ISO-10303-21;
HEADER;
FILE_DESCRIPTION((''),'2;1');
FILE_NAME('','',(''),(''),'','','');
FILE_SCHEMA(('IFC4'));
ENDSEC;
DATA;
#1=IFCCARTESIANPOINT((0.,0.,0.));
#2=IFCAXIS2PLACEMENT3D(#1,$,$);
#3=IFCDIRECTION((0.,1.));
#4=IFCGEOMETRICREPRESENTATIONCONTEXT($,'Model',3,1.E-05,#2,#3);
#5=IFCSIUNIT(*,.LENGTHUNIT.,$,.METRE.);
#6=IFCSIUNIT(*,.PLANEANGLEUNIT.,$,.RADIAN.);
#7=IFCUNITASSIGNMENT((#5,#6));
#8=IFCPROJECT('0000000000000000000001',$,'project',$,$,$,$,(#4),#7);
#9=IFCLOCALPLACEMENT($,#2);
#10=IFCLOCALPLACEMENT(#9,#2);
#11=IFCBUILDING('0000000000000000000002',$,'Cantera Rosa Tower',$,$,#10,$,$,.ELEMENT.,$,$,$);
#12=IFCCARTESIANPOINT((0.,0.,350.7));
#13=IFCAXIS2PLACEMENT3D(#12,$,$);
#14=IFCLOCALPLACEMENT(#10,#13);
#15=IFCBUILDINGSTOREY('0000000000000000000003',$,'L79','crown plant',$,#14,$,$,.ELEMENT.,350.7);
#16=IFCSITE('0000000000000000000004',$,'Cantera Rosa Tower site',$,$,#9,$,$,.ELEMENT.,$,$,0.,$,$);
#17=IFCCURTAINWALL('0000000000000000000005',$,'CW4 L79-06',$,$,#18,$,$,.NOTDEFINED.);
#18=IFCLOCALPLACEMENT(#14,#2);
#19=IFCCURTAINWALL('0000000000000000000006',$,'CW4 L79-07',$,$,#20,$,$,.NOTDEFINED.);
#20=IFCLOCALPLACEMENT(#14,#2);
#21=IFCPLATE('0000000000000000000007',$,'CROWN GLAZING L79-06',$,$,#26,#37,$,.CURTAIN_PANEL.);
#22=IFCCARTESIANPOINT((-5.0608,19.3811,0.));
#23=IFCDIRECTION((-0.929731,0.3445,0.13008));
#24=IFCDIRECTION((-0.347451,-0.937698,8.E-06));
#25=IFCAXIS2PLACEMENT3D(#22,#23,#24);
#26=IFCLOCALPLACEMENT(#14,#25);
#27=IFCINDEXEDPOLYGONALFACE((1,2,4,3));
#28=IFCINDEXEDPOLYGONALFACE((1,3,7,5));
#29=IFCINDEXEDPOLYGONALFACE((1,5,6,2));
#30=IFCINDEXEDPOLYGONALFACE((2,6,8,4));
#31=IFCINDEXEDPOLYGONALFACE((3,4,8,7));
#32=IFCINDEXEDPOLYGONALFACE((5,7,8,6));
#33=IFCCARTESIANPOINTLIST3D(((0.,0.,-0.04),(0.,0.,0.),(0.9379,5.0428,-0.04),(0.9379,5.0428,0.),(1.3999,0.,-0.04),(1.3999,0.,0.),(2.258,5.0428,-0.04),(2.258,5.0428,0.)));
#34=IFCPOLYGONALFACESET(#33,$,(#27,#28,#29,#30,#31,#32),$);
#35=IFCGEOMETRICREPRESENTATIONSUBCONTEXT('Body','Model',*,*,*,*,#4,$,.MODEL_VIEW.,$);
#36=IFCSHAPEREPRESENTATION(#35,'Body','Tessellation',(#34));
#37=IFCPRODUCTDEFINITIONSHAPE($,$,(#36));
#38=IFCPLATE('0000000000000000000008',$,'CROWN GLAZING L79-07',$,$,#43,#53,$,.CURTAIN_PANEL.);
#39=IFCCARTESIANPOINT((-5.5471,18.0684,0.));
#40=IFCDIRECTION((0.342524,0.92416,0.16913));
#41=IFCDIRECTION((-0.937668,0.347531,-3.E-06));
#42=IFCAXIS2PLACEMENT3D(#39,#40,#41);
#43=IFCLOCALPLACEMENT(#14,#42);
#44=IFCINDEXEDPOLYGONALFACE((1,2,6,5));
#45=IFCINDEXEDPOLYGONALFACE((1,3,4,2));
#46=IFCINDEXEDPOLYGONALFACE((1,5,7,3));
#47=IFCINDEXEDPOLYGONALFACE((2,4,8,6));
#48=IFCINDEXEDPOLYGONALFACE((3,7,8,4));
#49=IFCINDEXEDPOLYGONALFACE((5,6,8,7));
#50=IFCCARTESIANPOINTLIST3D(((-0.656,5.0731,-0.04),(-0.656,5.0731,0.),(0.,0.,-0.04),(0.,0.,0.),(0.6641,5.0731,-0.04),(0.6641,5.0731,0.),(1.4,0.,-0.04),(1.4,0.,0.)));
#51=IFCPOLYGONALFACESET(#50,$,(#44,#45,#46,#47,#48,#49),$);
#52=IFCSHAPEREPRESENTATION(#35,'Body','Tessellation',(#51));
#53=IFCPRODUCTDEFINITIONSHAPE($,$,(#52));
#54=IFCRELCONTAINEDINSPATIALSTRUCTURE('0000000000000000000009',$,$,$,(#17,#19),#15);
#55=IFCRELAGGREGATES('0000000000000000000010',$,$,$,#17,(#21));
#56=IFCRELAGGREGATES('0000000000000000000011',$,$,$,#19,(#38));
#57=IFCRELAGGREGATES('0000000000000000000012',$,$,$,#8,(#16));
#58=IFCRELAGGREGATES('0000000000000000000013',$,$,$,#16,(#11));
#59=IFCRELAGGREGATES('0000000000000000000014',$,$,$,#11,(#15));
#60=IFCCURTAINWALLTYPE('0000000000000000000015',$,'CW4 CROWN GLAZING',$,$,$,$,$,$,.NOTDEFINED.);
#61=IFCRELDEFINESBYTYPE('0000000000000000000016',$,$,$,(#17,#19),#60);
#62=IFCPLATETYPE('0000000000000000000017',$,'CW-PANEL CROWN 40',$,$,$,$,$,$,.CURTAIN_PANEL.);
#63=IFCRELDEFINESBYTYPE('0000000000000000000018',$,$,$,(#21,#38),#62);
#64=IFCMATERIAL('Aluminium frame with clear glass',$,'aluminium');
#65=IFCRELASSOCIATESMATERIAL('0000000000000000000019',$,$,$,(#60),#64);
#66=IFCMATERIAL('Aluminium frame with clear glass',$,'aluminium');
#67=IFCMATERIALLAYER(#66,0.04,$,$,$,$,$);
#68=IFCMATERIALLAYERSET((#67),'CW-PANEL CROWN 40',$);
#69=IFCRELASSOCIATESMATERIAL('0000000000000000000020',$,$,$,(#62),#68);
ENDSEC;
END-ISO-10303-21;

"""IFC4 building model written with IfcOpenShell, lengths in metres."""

from ifc_helpers import new_model, si_unit, direction, frame, origin, place, context, subcontext, project, spatial, polyline, outline, extrude, material, layer, layer_set, type_object, element, aggregate, save


model = new_model("IFC4")

# Units and contexts
model_context = context("Model", 3, precision=1e-05, world=origin(), true_north=direction((0.0, 1.0)))
body_context = subcontext(model_context, "Body", "Model", "MODEL_VIEW")
ifc_project = project(units=[si_unit("LENGTHUNIT", "METRE"), si_unit("PLANEANGLEUNIT", "RADIAN")], contexts=[model_context])

# Site, building, storey
site_placement = place(None, origin())
site = spatial("IfcSite", under=ifc_project, at=site_placement, Name="Cantera Rosa Tower site", CompositionType="ELEMENT", RefElevation=0.0)
building_placement = place(site_placement, origin())
building = spatial("IfcBuilding", under=site, at=building_placement, Name="Cantera Rosa Tower", CompositionType="ELEMENT")
storey_placement = place(building_placement, frame((0.0, 0.0, 350.7)))
storey = spatial("IfcBuildingStorey", under=building, at=storey_placement, Name="L79", Description="crown plant", CompositionType="ELEMENT", Elevation=350.7)

# Curtain walls
ifc_material_1 = material(Name="Aluminium frame with clear glass", Category="aluminium")
curtain_wall_type = type_object("IfcCurtainWallType", Name="CW4 CROWN GLAZING", PredefinedType="NOTDEFINED", material=ifc_material_1)
curtain_wall_1_placement = place(storey_placement, origin())
curtain_wall_1 = element("IfcCurtainWall", 1, at=curtain_wall_1_placement, inside=storey, type_object=curtain_wall_type, Name="CW4 L79-06", PredefinedType="NOTDEFINED")
curtain_wall_2_placement = place(storey_placement, origin())
curtain_wall_2 = element("IfcCurtainWall", 2, at=curtain_wall_2_placement, inside=storey, type_object=curtain_wall_type, Name="CW4 L79-07", PredefinedType="NOTDEFINED")

# Plates
ifc_material_2 = material(Name="Aluminium frame with clear glass", Category="aluminium")
ifc_layer_1 = layer(ifc_material_2, 0.04)
ifc_layer_set_1 = layer_set([ifc_layer_1], Name="CW-PANEL CROWN 40")
plate_type = type_object("IfcPlateType", Name="CW-PANEL CROWN 40", PredefinedType="CURTAIN_PANEL", material=ifc_layer_set_1)
plate_1_placement = place(storey_placement, frame((-5.0608, 19.3811, 0.0), z_axis=(-0.929731, 0.3445, 0.13008), x_axis=(-0.347451, -0.937698, 0.000008)))
plate_1 = element("IfcPlate", 3, at=plate_1_placement, type_object=plate_type, Name="CROWN GLAZING L79-06", PredefinedType="CURTAIN_PANEL", context=body_context, shape_type="SweptSolid", body=[
    extrude(outline(polyline([(0.0, 0.0), (1.3999, 0.0), (2.258, 5.0428), (0.9379, 5.0428), (0.0, 0.0)])), origin(), (0.0, 0.0, -1.0), 0.04),
])
plate_2_placement = place(storey_placement, frame((-5.5471, 18.0684, 0.0), z_axis=(0.342524, 0.92416, 0.16913), x_axis=(-0.937668, 0.347531, -0.000003)))
plate_2 = element("IfcPlate", 4, at=plate_2_placement, type_object=plate_type, Name="CROWN GLAZING L79-07", PredefinedType="CURTAIN_PANEL", context=body_context, shape_type="SweptSolid", body=[
    extrude(outline(polyline([(0.0, 0.0), (1.4, 0.0), (0.6641, 5.0731), (-0.656, 5.0731), (0.0, 0.0)])), origin(), (0.0, 0.0, -1.0), 0.04),
])

aggregate(curtain_wall_1, [plate_1])
aggregate(curtain_wall_2, [plate_2])

save(model, "model.ifc")
